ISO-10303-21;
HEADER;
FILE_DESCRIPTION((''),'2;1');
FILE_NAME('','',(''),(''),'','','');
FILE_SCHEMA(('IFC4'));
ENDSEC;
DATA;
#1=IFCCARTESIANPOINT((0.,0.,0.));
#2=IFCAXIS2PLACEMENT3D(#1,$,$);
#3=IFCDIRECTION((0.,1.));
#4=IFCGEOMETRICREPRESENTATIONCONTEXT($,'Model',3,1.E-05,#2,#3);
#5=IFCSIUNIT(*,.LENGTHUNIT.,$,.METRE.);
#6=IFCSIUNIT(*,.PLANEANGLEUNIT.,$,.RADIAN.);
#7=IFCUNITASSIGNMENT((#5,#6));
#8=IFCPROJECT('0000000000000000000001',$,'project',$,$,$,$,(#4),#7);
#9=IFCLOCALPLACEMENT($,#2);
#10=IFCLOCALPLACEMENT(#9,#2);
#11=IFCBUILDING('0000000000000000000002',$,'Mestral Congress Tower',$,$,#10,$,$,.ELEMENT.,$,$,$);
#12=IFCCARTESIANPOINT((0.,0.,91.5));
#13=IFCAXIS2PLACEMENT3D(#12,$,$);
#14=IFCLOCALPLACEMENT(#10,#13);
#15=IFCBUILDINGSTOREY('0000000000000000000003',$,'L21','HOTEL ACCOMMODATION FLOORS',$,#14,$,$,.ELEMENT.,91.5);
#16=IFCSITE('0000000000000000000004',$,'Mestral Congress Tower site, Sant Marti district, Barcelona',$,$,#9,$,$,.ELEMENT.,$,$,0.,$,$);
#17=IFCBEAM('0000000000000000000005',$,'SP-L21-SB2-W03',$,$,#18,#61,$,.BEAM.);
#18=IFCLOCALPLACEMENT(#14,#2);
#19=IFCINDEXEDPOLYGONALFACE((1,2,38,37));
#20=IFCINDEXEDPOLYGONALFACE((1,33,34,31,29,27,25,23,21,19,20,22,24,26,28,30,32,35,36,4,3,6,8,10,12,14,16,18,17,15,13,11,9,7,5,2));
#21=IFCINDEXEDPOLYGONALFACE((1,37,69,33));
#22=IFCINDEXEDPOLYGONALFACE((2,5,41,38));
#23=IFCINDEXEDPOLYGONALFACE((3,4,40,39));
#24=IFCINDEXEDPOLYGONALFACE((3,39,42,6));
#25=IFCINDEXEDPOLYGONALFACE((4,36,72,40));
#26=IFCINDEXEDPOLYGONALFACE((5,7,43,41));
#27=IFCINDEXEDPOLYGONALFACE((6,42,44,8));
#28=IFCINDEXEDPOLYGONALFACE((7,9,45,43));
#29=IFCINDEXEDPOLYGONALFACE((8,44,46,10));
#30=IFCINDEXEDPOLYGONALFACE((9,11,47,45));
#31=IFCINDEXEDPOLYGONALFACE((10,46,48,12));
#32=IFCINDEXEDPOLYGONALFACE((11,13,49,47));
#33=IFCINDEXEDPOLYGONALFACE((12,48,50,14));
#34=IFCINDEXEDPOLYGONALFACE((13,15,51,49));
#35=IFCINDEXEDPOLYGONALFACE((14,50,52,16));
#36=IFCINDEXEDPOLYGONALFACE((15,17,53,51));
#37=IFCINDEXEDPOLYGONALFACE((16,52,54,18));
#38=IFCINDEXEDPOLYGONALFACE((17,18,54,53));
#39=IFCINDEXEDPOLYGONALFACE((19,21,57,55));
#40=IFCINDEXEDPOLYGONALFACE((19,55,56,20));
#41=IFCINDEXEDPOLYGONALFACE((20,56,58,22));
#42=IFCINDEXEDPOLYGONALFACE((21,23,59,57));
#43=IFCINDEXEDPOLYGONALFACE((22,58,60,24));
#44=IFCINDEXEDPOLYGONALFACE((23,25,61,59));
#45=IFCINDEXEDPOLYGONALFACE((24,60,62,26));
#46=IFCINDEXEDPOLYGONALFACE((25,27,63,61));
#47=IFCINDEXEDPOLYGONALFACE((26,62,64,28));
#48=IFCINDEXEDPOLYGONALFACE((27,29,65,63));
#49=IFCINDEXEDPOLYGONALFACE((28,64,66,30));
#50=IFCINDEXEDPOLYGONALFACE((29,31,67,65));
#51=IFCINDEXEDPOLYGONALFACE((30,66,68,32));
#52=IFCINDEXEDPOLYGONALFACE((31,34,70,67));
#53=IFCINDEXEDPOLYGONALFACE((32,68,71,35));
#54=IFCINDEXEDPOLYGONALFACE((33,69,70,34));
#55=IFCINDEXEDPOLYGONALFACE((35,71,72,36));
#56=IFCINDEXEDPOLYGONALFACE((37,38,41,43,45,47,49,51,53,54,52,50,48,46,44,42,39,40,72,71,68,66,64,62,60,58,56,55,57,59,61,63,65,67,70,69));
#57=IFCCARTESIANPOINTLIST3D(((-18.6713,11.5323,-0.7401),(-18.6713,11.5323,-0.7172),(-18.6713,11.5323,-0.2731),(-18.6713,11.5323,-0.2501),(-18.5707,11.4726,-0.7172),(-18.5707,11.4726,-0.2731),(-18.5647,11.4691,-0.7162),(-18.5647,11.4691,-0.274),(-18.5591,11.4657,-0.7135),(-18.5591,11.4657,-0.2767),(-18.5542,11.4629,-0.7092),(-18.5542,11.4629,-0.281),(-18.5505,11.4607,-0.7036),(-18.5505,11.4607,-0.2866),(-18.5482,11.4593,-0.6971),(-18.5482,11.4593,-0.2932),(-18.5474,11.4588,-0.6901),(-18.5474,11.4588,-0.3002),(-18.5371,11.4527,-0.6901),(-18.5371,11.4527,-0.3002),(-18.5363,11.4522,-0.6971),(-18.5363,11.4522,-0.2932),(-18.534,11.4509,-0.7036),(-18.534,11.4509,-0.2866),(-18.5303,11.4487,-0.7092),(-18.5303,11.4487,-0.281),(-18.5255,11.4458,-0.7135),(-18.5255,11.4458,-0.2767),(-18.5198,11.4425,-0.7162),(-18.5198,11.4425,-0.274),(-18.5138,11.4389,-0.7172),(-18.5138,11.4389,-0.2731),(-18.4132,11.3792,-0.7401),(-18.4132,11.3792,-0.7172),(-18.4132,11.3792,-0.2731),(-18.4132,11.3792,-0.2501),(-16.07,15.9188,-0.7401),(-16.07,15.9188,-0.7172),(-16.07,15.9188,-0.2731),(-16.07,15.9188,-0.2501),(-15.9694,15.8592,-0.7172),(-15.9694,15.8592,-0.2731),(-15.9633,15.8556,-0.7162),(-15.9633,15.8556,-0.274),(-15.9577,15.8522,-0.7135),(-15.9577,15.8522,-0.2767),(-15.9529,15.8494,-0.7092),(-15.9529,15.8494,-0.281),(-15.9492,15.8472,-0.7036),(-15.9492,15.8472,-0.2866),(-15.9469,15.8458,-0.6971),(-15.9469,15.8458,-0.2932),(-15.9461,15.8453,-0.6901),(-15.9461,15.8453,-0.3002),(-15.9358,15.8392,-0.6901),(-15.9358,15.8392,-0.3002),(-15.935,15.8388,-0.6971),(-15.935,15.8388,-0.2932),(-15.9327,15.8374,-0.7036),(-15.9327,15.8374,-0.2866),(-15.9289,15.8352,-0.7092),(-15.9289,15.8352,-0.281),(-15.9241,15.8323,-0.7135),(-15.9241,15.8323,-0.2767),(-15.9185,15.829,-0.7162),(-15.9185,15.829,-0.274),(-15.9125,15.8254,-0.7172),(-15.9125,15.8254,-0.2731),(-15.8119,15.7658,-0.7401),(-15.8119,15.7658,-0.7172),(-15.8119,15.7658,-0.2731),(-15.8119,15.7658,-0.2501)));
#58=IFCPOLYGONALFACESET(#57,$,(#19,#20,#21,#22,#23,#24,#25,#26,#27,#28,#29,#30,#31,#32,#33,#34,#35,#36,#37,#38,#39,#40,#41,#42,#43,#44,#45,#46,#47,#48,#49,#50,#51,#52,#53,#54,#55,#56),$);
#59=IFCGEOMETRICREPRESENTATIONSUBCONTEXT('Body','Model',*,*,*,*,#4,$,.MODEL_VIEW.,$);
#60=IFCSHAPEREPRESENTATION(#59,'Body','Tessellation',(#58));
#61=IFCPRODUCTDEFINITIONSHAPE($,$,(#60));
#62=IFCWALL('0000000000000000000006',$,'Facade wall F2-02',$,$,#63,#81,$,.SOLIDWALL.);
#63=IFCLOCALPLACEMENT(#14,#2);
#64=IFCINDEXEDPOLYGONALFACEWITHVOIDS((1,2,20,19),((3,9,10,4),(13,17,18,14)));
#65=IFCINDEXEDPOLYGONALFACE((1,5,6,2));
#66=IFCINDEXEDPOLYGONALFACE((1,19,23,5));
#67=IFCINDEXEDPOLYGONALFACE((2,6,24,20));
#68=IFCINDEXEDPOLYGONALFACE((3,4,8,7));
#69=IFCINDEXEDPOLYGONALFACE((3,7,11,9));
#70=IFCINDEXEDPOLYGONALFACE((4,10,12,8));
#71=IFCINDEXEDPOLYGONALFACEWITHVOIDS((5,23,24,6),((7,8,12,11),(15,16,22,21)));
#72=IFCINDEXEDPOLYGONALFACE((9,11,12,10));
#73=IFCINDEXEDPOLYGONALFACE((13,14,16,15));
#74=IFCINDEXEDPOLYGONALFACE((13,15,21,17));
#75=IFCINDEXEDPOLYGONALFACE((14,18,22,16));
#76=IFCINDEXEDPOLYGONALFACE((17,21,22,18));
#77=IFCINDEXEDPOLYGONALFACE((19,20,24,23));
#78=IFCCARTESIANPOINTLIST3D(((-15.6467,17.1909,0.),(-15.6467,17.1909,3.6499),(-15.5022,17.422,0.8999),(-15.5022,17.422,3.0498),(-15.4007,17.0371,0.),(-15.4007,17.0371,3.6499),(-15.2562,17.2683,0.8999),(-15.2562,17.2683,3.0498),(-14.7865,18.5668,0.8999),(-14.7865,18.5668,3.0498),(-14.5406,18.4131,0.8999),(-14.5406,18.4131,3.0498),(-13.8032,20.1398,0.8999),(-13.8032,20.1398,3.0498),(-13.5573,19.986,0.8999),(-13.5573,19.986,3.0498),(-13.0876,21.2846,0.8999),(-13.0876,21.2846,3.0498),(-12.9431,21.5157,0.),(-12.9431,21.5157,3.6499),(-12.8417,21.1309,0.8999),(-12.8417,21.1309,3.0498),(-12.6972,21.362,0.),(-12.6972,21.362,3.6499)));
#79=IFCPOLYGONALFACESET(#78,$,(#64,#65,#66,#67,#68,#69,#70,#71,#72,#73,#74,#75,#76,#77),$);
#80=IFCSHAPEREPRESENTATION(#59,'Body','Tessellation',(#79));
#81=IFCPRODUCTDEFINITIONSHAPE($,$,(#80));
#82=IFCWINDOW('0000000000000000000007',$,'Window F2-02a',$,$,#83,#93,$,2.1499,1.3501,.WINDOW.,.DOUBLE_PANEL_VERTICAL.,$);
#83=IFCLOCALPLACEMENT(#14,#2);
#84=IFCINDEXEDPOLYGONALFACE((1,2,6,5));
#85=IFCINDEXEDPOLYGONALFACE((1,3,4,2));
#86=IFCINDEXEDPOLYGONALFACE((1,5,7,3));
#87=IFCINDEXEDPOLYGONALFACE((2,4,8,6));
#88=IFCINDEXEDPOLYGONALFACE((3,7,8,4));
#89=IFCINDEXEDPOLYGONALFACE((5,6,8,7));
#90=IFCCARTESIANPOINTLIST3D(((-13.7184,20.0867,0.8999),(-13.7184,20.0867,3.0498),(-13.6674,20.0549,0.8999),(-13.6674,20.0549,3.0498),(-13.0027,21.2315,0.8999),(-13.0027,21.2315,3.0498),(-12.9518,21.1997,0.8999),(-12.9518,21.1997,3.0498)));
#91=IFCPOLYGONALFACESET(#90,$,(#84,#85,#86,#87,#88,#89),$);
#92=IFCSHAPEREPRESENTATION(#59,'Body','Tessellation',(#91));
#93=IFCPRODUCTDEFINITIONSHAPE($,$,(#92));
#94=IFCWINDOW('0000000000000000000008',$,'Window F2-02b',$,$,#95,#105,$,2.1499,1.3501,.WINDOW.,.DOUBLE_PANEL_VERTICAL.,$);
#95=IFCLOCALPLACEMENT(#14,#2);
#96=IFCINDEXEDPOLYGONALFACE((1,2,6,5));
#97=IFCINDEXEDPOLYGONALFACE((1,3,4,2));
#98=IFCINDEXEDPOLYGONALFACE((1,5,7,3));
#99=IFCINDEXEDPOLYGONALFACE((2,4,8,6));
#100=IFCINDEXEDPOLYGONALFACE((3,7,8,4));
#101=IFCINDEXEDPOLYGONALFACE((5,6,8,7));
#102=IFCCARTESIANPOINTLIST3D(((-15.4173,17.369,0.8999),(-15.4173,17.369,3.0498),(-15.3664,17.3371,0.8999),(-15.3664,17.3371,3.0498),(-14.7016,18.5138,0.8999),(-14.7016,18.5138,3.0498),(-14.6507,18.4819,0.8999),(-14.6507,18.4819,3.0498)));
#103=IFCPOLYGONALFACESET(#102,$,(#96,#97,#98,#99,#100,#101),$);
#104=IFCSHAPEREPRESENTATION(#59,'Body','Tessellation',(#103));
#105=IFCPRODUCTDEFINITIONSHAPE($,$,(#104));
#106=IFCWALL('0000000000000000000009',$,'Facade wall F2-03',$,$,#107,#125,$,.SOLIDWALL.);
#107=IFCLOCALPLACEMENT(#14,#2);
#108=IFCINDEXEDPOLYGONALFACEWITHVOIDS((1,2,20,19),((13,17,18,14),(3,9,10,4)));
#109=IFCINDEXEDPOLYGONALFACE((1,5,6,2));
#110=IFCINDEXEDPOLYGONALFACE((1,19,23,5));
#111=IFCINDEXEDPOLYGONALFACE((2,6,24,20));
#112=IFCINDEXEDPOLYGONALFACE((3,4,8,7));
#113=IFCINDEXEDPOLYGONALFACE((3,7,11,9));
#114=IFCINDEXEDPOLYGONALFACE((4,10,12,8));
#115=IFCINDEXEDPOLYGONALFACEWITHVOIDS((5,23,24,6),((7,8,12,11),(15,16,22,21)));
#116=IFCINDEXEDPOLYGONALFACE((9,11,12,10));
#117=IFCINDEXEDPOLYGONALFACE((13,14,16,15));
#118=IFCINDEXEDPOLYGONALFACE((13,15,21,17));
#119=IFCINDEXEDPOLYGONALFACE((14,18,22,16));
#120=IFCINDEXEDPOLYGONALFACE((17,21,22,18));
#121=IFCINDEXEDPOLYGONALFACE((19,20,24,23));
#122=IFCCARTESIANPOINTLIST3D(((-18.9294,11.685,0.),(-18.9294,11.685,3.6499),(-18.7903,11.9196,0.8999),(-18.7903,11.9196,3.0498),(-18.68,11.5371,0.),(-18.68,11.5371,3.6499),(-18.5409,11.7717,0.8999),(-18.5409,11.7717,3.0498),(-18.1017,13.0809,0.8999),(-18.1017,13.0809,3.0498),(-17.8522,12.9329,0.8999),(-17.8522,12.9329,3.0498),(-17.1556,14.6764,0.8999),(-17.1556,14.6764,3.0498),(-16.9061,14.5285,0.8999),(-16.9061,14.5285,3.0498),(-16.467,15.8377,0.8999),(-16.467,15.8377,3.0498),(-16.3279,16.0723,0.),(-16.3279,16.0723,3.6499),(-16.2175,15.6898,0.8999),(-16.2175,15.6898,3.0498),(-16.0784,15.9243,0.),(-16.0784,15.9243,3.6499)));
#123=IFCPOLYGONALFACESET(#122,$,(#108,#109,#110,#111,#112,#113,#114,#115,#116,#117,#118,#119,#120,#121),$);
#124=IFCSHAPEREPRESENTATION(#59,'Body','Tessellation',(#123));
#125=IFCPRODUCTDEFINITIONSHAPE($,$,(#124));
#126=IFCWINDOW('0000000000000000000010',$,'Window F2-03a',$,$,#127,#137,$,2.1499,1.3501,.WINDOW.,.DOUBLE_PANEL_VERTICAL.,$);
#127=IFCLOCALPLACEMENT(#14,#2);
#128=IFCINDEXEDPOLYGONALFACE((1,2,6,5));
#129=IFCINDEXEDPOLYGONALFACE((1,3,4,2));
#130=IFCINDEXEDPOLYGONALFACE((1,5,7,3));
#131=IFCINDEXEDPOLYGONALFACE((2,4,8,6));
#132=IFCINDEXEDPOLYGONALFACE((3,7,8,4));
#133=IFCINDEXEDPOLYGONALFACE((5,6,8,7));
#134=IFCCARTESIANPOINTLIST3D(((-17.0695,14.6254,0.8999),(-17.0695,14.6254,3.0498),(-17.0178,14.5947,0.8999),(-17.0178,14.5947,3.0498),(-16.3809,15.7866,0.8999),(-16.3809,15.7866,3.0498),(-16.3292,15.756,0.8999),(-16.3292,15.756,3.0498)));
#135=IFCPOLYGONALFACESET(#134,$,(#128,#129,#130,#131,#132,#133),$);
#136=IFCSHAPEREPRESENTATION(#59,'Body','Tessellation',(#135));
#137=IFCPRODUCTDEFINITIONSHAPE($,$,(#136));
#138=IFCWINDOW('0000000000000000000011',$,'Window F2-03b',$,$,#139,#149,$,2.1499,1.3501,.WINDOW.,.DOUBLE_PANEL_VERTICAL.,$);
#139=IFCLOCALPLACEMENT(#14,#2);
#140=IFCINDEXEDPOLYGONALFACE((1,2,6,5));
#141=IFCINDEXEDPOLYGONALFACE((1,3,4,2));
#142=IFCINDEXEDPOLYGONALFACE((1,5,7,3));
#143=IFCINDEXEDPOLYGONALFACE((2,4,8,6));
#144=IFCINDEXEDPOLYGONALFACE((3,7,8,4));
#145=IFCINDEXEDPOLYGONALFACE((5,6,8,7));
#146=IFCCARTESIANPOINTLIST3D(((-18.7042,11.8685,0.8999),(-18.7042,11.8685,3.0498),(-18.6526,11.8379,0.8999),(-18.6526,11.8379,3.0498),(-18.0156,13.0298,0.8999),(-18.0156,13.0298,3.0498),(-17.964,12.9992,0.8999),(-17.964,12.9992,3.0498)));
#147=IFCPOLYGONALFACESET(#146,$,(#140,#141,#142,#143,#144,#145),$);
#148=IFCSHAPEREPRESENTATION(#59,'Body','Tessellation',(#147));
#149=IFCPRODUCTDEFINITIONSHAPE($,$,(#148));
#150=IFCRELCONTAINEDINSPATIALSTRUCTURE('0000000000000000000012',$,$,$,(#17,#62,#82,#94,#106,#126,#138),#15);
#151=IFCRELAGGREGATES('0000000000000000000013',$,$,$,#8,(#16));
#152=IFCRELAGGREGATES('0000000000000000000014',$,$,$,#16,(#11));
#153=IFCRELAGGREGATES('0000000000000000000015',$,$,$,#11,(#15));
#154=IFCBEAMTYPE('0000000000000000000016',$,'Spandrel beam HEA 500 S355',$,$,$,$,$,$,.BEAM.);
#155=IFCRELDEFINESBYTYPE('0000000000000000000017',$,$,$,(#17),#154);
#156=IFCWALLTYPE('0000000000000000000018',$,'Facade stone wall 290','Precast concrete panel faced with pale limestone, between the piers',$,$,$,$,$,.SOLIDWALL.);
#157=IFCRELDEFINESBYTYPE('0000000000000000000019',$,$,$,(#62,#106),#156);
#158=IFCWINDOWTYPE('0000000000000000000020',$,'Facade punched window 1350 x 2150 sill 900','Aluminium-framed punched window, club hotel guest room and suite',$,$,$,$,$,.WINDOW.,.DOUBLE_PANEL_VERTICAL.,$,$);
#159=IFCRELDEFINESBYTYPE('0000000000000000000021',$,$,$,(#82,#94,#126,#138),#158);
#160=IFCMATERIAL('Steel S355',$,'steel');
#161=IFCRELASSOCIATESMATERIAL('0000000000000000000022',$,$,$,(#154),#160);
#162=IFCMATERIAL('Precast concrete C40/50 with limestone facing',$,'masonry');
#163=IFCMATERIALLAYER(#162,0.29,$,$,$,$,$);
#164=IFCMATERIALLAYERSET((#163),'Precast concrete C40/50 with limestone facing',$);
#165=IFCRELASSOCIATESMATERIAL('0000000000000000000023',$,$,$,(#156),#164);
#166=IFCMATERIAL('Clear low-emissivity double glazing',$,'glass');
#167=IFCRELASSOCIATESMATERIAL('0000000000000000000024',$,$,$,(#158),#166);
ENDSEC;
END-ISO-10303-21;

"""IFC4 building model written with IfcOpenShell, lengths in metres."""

from ifc_helpers import new_model, si_unit, direction, frame, frame_2d, origin, origin_2d, place, context, subcontext, project, spatial, rectangle, i_section, extrude, material, layer, layer_set, material_profile, profile_set, type_object, element, fill, save


model = new_model("IFC4")

# Units and contexts
model_context = context("Model", 3, precision=1e-05, world=origin(), true_north=direction((0.0, 1.0)))
body_context = subcontext(model_context, "Body", "Model", "MODEL_VIEW")
ifc_project = project(units=[si_unit("LENGTHUNIT", "METRE"), si_unit("PLANEANGLEUNIT", "RADIAN")], contexts=[model_context])

# Site, building, storey
site_placement = place(None, origin())
site = spatial("IfcSite", under=ifc_project, at=site_placement, Name="Mestral Congress Tower site, Sant Marti district, Barcelona", CompositionType="ELEMENT", RefElevation=0.0)
building_placement = place(site_placement, origin())
building = spatial("IfcBuilding", under=site, at=building_placement, Name="Mestral Congress Tower", CompositionType="ELEMENT")
storey_placement = place(building_placement, frame((0.0, 0.0, 91.5)))
storey = spatial("IfcBuildingStorey", under=building, at=storey_placement, Name="L21", Description="HOTEL ACCOMMODATION FLOORS", CompositionType="ELEMENT", Elevation=91.5)

# Beam
ifc_material_1 = material(Name="Steel S355", Category="steel")
ifc_material_profile_1 = material_profile(ifc_material_1, i_section(OverallWidth=0.3, OverallDepth=0.49, WebThickness=0.012, FlangeThickness=0.0229, FilletRadius=0.0271, at=origin_2d()), Name="HEA 500")
ifc_profile_set_1 = profile_set([ifc_material_profile_1], Name="Steel S355")
beam_type_1 = type_object("IfcBeamType", Name="Spandrel beam HEA 500 S355", PredefinedType="BEAM", material=ifc_profile_set_1)
for number, where, z_axis, x_axis, name in (
    (1, (-15.9409, 15.8423, -0.4951), (-0.510082, -0.860126, 0.0), (0.860126, -0.510082, 0.0), "SP-L21-SB2-W03"),
):
    element("IfcBeam", number, at=place(storey_placement, frame(where, z_axis=z_axis, x_axis=x_axis)), inside=storey, type_object=beam_type_1, Name=name, PredefinedType="BEAM", context=body_context, shape_type="SweptSolid", body=[
        extrude(i_section(OverallWidth=0.3, OverallDepth=0.49, WebThickness=0.012, FlangeThickness=0.0229, FilletRadius=0.0271, at=origin_2d()), origin(), (0.0, 0.0, 1.0), 5.0999),
    ])

# Walls, openings, windows
ifc_material_2 = material(Name="Precast concrete C40/50 with limestone facing", Category="masonry")
ifc_layer_1 = layer(ifc_material_2, 0.29)
ifc_layer_set_1 = layer_set([ifc_layer_1], Name="Precast concrete C40/50 with limestone facing")
wall_type_1 = type_object("IfcWallType", Name="Facade stone wall 290", Description="Precast concrete panel faced with pale limestone, between the piers", PredefinedType="SOLIDWALL", material=ifc_layer_set_1)
wall_1_placement = place(storey_placement, frame((-12.8201, 21.439, 0.0), z_axis=(0.0, 0.0, 1.0), x_axis=(-0.530072, -0.847953, 0.0)))
wall_1 = element("IfcWall", 2, at=wall_1_placement, inside=storey, type_object=wall_type_1, Name="Facade wall F2-02", PredefinedType="SOLIDWALL", context=body_context, shape_type="SweptSolid", body=[
    extrude(rectangle(XDim=5.1003, YDim=0.29, at=frame_2d((2.5503, 0.0))), origin(), (0.0, 0.0, 1.0), 3.6499),
])
opening_1_placement = place(wall_1_placement, frame((0.2727, 0.0, 0.8999)))
opening_1 = element("IfcOpeningElement", 3, at=opening_1_placement, cuts=wall_1, PredefinedType="OPENING", context=body_context, shape_type="SweptSolid", body=[
    extrude(rectangle(XDim=1.3501, YDim=2.1499, at=frame_2d((0.675, 1.075))), frame((0.0, 0.155, 0.0), z_axis=(0.0, -1.0, 0.0), x_axis=(1.0, 0.0, 0.0)), (0.0, 0.0, 1.0), 0.3101),
])
opening_2_placement = place(wall_1_placement, frame((3.4778, 0.0, 0.8999)))
opening_2 = element("IfcOpeningElement", 4, at=opening_2_placement, cuts=wall_1, PredefinedType="OPENING", context=body_context, shape_type="SweptSolid", body=[
    extrude(rectangle(XDim=1.3501, YDim=2.1499, at=frame_2d((0.675, 1.075))), frame((0.0, 0.155, 0.0), z_axis=(0.0, -1.0, 0.0), x_axis=(1.0, 0.0, 0.0)), (0.0, 0.0, 1.0), 0.3101),
])
ifc_material_3 = material(Name="Clear low-emissivity double glazing", Category="glass")
window_type = type_object("IfcWindowType", Name="Facade punched window 1350 x 2150 sill 900", Description="Aluminium-framed punched window, club hotel guest room and suite", PartitioningType="DOUBLE_PANEL_VERTICAL", PredefinedType="WINDOW", material=ifc_material_3)
window_1_placement = place(opening_1_placement, origin())
window_1 = element("IfcWindow", 5, at=window_1_placement, inside=storey, type_object=window_type, Name="Window F2-02a", OverallHeight=2.1499, OverallWidth=1.3501, PartitioningType="DOUBLE_PANEL_VERTICAL", PredefinedType="WINDOW", context=body_context, shape_type="SweptSolid", body=[
    extrude(rectangle(XDim=1.3501, YDim=2.1499, at=frame_2d((0.675, 1.075))), frame((0.0, 0.0151, 0.0), z_axis=(0.0, -1.0, 0.0), x_axis=(1.0, 0.0, 0.0)), (0.0, 0.0, 1.0), 0.0601),
])
fill(opening_1, window_1)
window_2_placement = place(opening_2_placement, origin())
window_2 = element("IfcWindow", 6, at=window_2_placement, inside=storey, type_object=window_type, Name="Window F2-02b", OverallHeight=2.1499, OverallWidth=1.3501, PartitioningType="DOUBLE_PANEL_VERTICAL", PredefinedType="WINDOW", context=body_context, shape_type="SweptSolid", body=[
    extrude(rectangle(XDim=1.3501, YDim=2.1499, at=frame_2d((0.675, 1.075))), frame((0.0, 0.0151, 0.0), z_axis=(0.0, -1.0, 0.0), x_axis=(1.0, 0.0, 0.0)), (0.0, 0.0, 1.0), 0.0601),
])
fill(opening_2, window_2)
wall_2_placement = place(storey_placement, frame((-16.2031, 15.9983, 0.0), z_axis=(0.0, 0.0, 1.0), x_axis=(-0.510054, -0.860142, 0.0)))
wall_2 = element("IfcWall", 7, at=wall_2_placement, inside=storey, type_object=wall_type_1, Name="Facade wall F2-03", PredefinedType="SOLIDWALL", context=body_context, shape_type="SweptSolid", body=[
    extrude(rectangle(XDim=5.1006, YDim=0.29, at=frame_2d((2.5503, 0.0))), origin(), (0.0, 0.0, 1.0), 3.6499),
])
opening_3_placement = place(wall_2_placement, frame((0.2727, 0.0, 0.8999)))
opening_3 = element("IfcOpeningElement", 8, at=opening_3_placement, cuts=wall_2, PredefinedType="OPENING", context=body_context, shape_type="SweptSolid", body=[
    extrude(rectangle(XDim=1.3501, YDim=2.1499, at=frame_2d((0.675, 1.075))), frame((0.0, 0.155, 0.0), z_axis=(0.0, -1.0, 0.0), x_axis=(1.0, 0.0, 0.0)), (0.0, 0.0, 1.0), 0.3101),
])
opening_4_placement = place(wall_2_placement, frame((3.4778, 0.0, 0.8999)))
opening_4 = element("IfcOpeningElement", 9, at=opening_4_placement, cuts=wall_2, PredefinedType="OPENING", context=body_context, shape_type="SweptSolid", body=[
    extrude(rectangle(XDim=1.3501, YDim=2.1499, at=frame_2d((0.675, 1.075))), frame((0.0, 0.155, 0.0), z_axis=(0.0, -1.0, 0.0), x_axis=(1.0, 0.0, 0.0)), (0.0, 0.0, 1.0), 0.3101),
])
window_3_placement = place(opening_3_placement, origin())
window_3 = element("IfcWindow", 10, at=window_3_placement, inside=storey, type_object=window_type, Name="Window F2-03a", OverallHeight=2.1499, OverallWidth=1.3501, PartitioningType="DOUBLE_PANEL_VERTICAL", PredefinedType="WINDOW", context=body_context, shape_type="SweptSolid", body=[
    extrude(rectangle(XDim=1.3501, YDim=2.1499, at=frame_2d((0.675, 1.075))), frame((0.0, 0.0151, 0.0), z_axis=(0.0, -1.0, 0.0), x_axis=(1.0, 0.0, 0.0)), (0.0, 0.0, 1.0), 0.0601),
])
fill(opening_3, window_3)
window_4_placement = place(opening_4_placement, origin())
window_4 = element("IfcWindow", 11, at=window_4_placement, inside=storey, type_object=window_type, Name="Window F2-03b", OverallHeight=2.1499, OverallWidth=1.3501, PartitioningType="DOUBLE_PANEL_VERTICAL", PredefinedType="WINDOW", context=body_context, shape_type="SweptSolid", body=[
    extrude(rectangle(XDim=1.3501, YDim=2.1499, at=frame_2d((0.675, 1.075))), frame((0.0, 0.0151, 0.0), z_axis=(0.0, -1.0, 0.0), x_axis=(1.0, 0.0, 0.0)), (0.0, 0.0, 1.0), 0.0601),
])
fill(opening_4, window_4)

save(model, "model.ifc")
